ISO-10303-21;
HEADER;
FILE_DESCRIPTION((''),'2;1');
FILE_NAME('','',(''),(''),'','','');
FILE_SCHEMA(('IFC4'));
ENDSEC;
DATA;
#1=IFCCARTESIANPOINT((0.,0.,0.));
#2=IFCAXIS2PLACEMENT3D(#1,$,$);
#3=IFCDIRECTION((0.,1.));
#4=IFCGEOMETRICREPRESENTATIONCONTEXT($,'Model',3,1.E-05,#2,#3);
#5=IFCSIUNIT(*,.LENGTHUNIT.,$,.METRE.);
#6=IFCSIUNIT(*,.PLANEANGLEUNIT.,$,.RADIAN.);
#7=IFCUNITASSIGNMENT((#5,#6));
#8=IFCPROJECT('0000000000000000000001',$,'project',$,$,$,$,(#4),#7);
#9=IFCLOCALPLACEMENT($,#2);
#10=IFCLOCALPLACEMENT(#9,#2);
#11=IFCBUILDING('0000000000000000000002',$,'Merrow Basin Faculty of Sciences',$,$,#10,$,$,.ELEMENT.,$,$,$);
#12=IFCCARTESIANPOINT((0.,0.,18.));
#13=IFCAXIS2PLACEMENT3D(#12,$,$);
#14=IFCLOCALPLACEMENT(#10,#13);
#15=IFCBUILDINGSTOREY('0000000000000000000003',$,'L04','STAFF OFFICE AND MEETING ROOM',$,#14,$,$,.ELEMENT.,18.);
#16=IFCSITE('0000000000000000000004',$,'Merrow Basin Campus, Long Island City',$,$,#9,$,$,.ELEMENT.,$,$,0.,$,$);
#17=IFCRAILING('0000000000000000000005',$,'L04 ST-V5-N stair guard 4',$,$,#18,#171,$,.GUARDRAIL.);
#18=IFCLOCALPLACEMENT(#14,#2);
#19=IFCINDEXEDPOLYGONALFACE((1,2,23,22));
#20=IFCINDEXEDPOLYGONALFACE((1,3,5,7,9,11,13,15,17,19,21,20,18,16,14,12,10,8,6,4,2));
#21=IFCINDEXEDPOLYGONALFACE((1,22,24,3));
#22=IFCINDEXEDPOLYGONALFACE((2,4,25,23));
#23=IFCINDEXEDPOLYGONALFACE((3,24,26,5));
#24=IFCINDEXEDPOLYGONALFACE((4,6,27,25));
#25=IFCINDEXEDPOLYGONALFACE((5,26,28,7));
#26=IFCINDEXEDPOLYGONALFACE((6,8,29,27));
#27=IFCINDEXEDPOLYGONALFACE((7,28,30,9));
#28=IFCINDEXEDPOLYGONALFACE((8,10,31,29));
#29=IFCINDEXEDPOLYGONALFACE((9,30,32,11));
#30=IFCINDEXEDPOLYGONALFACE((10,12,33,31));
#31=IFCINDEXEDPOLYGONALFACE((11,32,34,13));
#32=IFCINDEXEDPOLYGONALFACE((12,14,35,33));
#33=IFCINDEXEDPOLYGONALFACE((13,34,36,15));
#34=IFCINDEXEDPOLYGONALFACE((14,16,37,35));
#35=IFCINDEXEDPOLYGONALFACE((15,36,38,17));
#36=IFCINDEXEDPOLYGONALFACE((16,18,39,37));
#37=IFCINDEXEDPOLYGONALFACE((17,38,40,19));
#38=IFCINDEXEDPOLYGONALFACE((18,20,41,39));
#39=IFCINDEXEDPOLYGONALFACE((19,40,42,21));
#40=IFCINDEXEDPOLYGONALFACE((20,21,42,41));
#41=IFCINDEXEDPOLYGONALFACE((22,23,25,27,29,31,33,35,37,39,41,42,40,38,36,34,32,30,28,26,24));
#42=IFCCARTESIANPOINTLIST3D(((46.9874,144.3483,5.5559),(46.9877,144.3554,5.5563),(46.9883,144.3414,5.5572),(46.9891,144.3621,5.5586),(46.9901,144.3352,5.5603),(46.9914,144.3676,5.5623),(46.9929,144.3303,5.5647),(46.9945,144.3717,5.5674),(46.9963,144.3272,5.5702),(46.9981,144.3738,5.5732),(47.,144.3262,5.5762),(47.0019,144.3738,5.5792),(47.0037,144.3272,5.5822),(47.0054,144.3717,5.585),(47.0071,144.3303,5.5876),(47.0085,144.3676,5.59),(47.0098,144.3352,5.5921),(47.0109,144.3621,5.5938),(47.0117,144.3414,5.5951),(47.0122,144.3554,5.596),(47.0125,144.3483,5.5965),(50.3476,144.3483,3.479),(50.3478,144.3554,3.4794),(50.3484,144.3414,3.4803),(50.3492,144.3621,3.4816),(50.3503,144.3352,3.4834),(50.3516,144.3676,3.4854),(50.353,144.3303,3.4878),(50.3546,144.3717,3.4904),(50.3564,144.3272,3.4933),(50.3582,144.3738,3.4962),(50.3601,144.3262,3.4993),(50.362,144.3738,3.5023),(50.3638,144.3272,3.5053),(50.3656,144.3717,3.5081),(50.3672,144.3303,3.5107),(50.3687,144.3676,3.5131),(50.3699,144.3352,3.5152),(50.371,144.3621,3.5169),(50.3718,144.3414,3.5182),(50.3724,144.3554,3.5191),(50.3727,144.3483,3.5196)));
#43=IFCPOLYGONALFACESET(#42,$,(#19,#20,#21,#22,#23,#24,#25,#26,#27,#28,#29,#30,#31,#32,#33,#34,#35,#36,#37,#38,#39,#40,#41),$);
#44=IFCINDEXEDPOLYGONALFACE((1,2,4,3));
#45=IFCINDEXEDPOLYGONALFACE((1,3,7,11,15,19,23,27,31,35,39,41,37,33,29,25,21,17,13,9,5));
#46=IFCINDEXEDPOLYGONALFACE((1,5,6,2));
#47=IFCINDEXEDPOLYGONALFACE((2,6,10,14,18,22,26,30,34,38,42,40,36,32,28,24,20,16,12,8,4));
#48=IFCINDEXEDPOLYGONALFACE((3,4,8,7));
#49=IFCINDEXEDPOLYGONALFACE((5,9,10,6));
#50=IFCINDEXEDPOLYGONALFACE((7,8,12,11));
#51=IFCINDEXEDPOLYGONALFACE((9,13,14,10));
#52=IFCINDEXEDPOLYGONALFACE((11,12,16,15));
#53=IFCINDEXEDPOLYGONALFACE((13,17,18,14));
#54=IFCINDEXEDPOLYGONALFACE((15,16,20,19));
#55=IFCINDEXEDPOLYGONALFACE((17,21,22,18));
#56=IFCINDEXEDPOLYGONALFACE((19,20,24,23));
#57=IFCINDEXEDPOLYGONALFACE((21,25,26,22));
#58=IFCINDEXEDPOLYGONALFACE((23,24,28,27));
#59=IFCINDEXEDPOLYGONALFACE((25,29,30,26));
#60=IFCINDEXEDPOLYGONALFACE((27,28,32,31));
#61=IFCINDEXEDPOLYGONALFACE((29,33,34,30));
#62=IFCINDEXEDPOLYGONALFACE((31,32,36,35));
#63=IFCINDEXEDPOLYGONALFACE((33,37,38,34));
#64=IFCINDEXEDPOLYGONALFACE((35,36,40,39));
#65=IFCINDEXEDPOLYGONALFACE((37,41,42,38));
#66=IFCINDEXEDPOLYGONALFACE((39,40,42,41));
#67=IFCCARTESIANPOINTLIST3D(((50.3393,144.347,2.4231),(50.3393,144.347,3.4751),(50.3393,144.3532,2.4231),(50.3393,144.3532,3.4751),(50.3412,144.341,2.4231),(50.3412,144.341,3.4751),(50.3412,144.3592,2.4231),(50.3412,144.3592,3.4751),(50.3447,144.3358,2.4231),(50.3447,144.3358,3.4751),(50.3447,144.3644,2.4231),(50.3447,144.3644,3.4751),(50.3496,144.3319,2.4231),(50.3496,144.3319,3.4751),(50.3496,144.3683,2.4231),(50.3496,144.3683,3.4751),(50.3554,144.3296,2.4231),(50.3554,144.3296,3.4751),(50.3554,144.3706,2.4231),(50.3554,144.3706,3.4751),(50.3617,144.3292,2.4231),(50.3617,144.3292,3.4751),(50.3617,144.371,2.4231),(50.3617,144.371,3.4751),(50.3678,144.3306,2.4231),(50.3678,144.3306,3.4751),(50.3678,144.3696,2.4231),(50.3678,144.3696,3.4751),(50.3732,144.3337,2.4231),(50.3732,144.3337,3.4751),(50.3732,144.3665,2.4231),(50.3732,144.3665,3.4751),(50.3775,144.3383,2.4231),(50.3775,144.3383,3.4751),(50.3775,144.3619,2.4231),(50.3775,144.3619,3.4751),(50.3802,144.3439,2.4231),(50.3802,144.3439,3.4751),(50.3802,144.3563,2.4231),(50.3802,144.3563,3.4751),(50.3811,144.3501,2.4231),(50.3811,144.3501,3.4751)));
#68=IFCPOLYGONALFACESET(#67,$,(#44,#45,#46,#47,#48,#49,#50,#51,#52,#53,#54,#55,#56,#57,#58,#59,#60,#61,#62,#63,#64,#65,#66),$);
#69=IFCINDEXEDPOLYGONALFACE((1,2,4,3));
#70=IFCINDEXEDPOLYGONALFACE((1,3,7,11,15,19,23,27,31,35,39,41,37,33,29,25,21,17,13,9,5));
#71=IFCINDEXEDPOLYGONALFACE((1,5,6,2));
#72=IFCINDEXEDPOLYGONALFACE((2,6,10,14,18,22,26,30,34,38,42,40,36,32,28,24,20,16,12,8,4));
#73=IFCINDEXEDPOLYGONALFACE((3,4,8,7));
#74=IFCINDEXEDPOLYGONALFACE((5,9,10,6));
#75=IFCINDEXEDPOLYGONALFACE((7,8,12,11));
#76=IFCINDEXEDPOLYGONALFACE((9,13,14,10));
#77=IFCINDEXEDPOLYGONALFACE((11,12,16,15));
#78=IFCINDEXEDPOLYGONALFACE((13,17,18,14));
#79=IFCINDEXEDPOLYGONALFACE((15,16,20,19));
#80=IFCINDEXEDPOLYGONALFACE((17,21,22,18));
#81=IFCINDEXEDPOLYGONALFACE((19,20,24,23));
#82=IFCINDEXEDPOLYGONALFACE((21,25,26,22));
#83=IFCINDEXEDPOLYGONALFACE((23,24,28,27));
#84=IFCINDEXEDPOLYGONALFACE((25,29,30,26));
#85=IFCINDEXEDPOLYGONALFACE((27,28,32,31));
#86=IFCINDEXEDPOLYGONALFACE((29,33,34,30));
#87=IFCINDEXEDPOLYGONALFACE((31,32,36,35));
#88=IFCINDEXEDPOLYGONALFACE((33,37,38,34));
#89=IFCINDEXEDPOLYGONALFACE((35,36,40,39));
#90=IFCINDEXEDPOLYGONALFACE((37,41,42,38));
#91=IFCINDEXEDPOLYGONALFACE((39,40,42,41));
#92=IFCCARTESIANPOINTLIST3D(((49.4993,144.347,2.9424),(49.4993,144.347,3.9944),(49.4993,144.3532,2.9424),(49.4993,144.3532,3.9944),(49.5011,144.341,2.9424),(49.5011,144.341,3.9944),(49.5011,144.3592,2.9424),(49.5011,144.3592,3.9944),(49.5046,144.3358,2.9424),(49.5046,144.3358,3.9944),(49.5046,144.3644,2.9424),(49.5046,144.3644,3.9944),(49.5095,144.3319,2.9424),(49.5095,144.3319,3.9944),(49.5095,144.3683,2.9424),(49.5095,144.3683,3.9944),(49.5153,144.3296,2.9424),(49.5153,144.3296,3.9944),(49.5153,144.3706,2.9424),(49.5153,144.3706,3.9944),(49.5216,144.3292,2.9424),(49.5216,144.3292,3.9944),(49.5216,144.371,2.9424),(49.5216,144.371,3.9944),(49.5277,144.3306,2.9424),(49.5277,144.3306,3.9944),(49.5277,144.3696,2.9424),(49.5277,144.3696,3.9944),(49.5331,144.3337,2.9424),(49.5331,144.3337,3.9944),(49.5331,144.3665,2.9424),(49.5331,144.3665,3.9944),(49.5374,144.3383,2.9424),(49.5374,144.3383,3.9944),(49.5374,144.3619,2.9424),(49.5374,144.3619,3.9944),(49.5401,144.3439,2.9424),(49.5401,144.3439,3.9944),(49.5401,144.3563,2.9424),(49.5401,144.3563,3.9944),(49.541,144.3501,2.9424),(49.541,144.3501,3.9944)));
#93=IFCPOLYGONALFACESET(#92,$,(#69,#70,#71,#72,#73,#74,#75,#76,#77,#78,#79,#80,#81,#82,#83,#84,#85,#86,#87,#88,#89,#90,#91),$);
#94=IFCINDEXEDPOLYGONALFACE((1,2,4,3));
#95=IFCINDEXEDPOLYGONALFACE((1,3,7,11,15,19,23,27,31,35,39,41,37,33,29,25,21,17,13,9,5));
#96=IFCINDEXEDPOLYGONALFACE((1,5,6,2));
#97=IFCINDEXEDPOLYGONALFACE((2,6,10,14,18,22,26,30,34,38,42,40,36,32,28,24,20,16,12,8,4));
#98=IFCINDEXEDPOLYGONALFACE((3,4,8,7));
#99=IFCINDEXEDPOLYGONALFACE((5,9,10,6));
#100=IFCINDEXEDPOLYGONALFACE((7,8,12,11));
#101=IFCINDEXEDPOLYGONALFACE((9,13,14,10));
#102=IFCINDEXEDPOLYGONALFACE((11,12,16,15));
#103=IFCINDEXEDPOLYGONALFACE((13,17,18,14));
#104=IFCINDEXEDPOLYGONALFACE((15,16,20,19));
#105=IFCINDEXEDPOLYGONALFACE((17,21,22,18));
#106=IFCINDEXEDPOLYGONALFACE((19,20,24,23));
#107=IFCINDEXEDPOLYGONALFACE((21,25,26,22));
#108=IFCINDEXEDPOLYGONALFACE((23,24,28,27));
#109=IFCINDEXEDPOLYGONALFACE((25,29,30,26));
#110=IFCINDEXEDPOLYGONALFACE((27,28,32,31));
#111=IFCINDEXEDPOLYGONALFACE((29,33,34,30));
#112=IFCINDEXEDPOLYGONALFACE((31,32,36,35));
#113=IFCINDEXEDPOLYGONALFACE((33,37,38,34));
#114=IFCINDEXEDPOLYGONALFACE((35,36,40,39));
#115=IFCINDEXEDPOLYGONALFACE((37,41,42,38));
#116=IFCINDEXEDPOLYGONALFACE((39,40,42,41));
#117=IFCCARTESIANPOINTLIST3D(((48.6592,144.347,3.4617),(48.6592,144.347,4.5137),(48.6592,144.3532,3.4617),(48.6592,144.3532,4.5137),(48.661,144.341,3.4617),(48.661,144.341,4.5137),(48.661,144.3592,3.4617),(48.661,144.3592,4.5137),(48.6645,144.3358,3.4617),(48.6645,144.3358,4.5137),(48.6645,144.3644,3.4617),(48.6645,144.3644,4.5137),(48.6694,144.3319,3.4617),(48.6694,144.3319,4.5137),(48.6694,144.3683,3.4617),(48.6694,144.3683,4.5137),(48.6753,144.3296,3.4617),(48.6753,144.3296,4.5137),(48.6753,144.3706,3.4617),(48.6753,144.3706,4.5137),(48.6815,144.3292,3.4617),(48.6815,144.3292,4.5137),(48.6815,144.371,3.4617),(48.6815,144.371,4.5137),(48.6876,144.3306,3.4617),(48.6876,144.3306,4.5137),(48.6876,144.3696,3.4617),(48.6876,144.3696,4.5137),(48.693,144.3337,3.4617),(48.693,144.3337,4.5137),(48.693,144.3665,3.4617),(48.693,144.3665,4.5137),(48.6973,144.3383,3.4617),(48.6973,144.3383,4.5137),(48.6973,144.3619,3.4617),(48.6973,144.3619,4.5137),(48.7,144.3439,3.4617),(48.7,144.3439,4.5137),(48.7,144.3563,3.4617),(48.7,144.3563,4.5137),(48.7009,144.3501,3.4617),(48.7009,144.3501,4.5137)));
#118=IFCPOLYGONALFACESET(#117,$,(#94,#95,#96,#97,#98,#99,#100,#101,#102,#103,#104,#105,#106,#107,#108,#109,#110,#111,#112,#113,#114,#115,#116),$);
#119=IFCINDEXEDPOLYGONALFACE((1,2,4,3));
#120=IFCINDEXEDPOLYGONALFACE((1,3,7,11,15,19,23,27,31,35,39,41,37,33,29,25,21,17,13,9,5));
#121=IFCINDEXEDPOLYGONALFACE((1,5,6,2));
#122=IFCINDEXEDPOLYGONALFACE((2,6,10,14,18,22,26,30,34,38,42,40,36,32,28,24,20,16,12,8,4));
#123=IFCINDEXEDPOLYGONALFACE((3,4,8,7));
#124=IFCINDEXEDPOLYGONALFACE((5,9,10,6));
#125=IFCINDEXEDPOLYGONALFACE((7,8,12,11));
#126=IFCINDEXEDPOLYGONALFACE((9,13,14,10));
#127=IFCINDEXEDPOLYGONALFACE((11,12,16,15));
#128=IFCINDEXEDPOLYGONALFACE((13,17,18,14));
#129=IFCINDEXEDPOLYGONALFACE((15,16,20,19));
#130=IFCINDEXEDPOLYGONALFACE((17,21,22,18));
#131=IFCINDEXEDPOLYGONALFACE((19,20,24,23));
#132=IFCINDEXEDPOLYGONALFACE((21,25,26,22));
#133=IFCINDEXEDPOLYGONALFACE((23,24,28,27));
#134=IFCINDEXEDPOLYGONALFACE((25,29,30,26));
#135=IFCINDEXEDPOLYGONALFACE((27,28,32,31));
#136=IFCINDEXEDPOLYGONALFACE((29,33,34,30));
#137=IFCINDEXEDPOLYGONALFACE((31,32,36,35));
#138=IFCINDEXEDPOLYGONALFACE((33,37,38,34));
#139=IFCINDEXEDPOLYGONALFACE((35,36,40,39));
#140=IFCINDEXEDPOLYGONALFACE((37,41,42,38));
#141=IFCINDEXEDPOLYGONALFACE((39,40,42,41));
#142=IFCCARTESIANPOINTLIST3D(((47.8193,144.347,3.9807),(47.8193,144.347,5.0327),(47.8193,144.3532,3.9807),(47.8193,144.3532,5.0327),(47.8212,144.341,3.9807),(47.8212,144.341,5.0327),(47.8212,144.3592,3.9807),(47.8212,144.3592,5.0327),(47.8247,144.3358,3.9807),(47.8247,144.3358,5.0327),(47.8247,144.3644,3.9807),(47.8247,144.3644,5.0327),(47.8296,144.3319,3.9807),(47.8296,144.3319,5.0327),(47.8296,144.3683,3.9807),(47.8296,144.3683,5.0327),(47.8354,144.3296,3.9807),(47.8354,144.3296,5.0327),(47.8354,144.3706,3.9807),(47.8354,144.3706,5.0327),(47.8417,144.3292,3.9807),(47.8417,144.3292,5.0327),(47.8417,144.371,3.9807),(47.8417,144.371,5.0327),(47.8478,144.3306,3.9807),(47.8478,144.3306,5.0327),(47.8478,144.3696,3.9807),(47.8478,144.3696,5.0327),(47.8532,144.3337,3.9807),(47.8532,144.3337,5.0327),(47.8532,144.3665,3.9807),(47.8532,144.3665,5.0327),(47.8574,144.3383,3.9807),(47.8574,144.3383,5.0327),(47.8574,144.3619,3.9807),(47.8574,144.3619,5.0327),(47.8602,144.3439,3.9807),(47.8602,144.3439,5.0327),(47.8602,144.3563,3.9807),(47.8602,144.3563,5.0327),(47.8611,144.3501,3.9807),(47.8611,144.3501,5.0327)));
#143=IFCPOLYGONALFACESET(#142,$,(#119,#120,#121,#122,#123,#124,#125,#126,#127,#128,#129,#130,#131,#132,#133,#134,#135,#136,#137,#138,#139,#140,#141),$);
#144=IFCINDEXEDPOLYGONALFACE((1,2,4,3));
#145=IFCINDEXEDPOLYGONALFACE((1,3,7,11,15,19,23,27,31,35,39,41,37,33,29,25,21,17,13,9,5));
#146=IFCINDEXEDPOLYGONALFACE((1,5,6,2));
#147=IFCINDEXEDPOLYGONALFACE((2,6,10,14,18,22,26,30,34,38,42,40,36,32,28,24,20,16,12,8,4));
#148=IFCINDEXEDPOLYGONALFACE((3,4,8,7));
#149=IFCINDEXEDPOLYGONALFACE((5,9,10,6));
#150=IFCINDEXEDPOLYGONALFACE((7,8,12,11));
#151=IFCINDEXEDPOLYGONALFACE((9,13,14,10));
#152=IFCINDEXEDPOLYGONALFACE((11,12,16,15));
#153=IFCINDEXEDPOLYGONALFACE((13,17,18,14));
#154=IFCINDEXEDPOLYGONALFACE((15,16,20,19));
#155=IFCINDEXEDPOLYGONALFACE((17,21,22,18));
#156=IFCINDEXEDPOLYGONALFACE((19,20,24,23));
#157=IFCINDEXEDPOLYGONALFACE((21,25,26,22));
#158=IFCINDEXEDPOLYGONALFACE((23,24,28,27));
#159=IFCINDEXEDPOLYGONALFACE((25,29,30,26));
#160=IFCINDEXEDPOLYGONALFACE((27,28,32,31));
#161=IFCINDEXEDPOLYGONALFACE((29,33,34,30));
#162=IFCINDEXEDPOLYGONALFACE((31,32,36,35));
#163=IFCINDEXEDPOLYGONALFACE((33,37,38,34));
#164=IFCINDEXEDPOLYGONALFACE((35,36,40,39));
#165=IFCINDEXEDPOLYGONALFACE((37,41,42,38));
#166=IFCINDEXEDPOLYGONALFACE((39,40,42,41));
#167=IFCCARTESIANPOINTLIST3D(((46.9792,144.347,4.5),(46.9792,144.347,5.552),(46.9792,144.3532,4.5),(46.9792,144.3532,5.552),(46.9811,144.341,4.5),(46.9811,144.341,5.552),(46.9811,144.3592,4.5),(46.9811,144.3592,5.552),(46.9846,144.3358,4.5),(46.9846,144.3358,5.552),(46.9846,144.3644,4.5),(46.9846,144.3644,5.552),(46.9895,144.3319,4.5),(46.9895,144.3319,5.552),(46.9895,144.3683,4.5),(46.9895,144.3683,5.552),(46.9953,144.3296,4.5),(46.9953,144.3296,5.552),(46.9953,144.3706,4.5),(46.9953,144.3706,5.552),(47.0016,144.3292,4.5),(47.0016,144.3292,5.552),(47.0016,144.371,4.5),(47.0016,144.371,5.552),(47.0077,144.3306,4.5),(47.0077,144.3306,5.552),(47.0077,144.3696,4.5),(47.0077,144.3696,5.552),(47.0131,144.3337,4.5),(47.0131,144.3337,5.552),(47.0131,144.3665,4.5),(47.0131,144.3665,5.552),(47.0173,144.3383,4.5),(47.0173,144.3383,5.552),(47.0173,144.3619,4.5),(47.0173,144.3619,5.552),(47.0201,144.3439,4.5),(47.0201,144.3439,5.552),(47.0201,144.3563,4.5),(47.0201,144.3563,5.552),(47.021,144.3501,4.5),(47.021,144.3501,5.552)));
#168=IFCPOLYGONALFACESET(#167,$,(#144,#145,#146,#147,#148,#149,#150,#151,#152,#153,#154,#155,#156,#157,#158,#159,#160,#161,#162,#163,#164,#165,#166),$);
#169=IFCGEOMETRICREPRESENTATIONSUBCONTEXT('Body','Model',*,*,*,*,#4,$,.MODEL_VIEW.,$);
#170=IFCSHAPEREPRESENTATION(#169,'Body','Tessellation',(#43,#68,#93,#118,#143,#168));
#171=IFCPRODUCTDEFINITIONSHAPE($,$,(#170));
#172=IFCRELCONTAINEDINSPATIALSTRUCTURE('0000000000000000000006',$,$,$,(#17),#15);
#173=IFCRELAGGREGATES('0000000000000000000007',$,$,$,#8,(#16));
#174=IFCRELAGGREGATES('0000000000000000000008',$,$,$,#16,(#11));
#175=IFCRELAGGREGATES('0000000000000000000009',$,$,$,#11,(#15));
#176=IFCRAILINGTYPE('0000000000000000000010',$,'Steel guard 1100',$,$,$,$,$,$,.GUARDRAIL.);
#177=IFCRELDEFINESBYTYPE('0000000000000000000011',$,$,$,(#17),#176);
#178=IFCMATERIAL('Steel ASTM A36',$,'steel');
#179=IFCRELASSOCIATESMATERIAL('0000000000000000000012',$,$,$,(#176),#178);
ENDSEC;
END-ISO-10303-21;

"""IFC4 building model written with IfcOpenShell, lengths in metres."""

from ifc_helpers import new_model, si_unit, direction, frame, origin, origin_2d, place, context, subcontext, project, spatial, circle, extrude, material, type_object, element, save


model = new_model("IFC4")

# Units and contexts
model_context = context("Model", 3, precision=1e-05, world=origin(), true_north=direction((0.0, 1.0)))
body_context = subcontext(model_context, "Body", "Model", "MODEL_VIEW")
ifc_project = project(units=[si_unit("LENGTHUNIT", "METRE"), si_unit("PLANEANGLEUNIT", "RADIAN")], contexts=[model_context])

# Site, building, storey
site_placement = place(None, origin())
site = spatial("IfcSite", under=ifc_project, at=site_placement, Name="Merrow Basin Campus, Long Island City", CompositionType="ELEMENT", RefElevation=0.0)
building_placement = place(site_placement, origin())
building = spatial("IfcBuilding", under=site, at=building_placement, Name="Merrow Basin Faculty of Sciences", CompositionType="ELEMENT")
storey_placement = place(building_placement, frame((0.0, 0.0, 18.0)))
storey = spatial("IfcBuildingStorey", under=building, at=storey_placement, Name="L04", Description="STAFF OFFICE AND MEETING ROOM", CompositionType="ELEMENT", Elevation=18.0)

# Railing
ifc_material_1 = material(Name="Steel ASTM A36", Category="steel")
railing_type_1 = type_object("IfcRailingType", Name="Steel guard 1100", PredefinedType="GUARDRAIL", material=ifc_material_1)
railing_1_placement = place(storey_placement, frame((50.3601, 144.3501, 2.4231)))
element("IfcRailing", 1, at=railing_1_placement, inside=storey, type_object=railing_type_1, Name="L04 ST-V5-N stair guard 4", PredefinedType="GUARDRAIL", context=body_context, shape_type="SweptSolid", body=[
    extrude(circle(Radius=0.0239, at=origin_2d()), frame((0.0, 0.0, 1.0762), z_axis=(-0.850623, 0.0, 0.525776), x_axis=(0.0, -1.0, 0.0)), (0.0, 0.0, 1.0), 3.9502),
    extrude(circle(Radius=0.021, at=origin_2d()), origin(), (0.0, 0.0, 1.0), 1.052),
    extrude(circle(Radius=0.021, at=origin_2d()), frame((-0.8401, 0.0, 0.5193)), (0.0, 0.0, 1.0), 1.052),
    extrude(circle(Radius=0.021, at=origin_2d()), frame((-1.6802, 0.0, 1.0386)), (0.0, 0.0, 1.0), 1.052),
    extrude(circle(Radius=0.021, at=origin_2d()), frame((-2.52, 0.0, 1.5576)), (0.0, 0.0, 1.0), 1.052),
    extrude(circle(Radius=0.021, at=origin_2d()), frame((-3.3601, 0.0, 2.0769)), (0.0, 0.0, 1.0), 1.052),
])

save(model, "model.ifc")
